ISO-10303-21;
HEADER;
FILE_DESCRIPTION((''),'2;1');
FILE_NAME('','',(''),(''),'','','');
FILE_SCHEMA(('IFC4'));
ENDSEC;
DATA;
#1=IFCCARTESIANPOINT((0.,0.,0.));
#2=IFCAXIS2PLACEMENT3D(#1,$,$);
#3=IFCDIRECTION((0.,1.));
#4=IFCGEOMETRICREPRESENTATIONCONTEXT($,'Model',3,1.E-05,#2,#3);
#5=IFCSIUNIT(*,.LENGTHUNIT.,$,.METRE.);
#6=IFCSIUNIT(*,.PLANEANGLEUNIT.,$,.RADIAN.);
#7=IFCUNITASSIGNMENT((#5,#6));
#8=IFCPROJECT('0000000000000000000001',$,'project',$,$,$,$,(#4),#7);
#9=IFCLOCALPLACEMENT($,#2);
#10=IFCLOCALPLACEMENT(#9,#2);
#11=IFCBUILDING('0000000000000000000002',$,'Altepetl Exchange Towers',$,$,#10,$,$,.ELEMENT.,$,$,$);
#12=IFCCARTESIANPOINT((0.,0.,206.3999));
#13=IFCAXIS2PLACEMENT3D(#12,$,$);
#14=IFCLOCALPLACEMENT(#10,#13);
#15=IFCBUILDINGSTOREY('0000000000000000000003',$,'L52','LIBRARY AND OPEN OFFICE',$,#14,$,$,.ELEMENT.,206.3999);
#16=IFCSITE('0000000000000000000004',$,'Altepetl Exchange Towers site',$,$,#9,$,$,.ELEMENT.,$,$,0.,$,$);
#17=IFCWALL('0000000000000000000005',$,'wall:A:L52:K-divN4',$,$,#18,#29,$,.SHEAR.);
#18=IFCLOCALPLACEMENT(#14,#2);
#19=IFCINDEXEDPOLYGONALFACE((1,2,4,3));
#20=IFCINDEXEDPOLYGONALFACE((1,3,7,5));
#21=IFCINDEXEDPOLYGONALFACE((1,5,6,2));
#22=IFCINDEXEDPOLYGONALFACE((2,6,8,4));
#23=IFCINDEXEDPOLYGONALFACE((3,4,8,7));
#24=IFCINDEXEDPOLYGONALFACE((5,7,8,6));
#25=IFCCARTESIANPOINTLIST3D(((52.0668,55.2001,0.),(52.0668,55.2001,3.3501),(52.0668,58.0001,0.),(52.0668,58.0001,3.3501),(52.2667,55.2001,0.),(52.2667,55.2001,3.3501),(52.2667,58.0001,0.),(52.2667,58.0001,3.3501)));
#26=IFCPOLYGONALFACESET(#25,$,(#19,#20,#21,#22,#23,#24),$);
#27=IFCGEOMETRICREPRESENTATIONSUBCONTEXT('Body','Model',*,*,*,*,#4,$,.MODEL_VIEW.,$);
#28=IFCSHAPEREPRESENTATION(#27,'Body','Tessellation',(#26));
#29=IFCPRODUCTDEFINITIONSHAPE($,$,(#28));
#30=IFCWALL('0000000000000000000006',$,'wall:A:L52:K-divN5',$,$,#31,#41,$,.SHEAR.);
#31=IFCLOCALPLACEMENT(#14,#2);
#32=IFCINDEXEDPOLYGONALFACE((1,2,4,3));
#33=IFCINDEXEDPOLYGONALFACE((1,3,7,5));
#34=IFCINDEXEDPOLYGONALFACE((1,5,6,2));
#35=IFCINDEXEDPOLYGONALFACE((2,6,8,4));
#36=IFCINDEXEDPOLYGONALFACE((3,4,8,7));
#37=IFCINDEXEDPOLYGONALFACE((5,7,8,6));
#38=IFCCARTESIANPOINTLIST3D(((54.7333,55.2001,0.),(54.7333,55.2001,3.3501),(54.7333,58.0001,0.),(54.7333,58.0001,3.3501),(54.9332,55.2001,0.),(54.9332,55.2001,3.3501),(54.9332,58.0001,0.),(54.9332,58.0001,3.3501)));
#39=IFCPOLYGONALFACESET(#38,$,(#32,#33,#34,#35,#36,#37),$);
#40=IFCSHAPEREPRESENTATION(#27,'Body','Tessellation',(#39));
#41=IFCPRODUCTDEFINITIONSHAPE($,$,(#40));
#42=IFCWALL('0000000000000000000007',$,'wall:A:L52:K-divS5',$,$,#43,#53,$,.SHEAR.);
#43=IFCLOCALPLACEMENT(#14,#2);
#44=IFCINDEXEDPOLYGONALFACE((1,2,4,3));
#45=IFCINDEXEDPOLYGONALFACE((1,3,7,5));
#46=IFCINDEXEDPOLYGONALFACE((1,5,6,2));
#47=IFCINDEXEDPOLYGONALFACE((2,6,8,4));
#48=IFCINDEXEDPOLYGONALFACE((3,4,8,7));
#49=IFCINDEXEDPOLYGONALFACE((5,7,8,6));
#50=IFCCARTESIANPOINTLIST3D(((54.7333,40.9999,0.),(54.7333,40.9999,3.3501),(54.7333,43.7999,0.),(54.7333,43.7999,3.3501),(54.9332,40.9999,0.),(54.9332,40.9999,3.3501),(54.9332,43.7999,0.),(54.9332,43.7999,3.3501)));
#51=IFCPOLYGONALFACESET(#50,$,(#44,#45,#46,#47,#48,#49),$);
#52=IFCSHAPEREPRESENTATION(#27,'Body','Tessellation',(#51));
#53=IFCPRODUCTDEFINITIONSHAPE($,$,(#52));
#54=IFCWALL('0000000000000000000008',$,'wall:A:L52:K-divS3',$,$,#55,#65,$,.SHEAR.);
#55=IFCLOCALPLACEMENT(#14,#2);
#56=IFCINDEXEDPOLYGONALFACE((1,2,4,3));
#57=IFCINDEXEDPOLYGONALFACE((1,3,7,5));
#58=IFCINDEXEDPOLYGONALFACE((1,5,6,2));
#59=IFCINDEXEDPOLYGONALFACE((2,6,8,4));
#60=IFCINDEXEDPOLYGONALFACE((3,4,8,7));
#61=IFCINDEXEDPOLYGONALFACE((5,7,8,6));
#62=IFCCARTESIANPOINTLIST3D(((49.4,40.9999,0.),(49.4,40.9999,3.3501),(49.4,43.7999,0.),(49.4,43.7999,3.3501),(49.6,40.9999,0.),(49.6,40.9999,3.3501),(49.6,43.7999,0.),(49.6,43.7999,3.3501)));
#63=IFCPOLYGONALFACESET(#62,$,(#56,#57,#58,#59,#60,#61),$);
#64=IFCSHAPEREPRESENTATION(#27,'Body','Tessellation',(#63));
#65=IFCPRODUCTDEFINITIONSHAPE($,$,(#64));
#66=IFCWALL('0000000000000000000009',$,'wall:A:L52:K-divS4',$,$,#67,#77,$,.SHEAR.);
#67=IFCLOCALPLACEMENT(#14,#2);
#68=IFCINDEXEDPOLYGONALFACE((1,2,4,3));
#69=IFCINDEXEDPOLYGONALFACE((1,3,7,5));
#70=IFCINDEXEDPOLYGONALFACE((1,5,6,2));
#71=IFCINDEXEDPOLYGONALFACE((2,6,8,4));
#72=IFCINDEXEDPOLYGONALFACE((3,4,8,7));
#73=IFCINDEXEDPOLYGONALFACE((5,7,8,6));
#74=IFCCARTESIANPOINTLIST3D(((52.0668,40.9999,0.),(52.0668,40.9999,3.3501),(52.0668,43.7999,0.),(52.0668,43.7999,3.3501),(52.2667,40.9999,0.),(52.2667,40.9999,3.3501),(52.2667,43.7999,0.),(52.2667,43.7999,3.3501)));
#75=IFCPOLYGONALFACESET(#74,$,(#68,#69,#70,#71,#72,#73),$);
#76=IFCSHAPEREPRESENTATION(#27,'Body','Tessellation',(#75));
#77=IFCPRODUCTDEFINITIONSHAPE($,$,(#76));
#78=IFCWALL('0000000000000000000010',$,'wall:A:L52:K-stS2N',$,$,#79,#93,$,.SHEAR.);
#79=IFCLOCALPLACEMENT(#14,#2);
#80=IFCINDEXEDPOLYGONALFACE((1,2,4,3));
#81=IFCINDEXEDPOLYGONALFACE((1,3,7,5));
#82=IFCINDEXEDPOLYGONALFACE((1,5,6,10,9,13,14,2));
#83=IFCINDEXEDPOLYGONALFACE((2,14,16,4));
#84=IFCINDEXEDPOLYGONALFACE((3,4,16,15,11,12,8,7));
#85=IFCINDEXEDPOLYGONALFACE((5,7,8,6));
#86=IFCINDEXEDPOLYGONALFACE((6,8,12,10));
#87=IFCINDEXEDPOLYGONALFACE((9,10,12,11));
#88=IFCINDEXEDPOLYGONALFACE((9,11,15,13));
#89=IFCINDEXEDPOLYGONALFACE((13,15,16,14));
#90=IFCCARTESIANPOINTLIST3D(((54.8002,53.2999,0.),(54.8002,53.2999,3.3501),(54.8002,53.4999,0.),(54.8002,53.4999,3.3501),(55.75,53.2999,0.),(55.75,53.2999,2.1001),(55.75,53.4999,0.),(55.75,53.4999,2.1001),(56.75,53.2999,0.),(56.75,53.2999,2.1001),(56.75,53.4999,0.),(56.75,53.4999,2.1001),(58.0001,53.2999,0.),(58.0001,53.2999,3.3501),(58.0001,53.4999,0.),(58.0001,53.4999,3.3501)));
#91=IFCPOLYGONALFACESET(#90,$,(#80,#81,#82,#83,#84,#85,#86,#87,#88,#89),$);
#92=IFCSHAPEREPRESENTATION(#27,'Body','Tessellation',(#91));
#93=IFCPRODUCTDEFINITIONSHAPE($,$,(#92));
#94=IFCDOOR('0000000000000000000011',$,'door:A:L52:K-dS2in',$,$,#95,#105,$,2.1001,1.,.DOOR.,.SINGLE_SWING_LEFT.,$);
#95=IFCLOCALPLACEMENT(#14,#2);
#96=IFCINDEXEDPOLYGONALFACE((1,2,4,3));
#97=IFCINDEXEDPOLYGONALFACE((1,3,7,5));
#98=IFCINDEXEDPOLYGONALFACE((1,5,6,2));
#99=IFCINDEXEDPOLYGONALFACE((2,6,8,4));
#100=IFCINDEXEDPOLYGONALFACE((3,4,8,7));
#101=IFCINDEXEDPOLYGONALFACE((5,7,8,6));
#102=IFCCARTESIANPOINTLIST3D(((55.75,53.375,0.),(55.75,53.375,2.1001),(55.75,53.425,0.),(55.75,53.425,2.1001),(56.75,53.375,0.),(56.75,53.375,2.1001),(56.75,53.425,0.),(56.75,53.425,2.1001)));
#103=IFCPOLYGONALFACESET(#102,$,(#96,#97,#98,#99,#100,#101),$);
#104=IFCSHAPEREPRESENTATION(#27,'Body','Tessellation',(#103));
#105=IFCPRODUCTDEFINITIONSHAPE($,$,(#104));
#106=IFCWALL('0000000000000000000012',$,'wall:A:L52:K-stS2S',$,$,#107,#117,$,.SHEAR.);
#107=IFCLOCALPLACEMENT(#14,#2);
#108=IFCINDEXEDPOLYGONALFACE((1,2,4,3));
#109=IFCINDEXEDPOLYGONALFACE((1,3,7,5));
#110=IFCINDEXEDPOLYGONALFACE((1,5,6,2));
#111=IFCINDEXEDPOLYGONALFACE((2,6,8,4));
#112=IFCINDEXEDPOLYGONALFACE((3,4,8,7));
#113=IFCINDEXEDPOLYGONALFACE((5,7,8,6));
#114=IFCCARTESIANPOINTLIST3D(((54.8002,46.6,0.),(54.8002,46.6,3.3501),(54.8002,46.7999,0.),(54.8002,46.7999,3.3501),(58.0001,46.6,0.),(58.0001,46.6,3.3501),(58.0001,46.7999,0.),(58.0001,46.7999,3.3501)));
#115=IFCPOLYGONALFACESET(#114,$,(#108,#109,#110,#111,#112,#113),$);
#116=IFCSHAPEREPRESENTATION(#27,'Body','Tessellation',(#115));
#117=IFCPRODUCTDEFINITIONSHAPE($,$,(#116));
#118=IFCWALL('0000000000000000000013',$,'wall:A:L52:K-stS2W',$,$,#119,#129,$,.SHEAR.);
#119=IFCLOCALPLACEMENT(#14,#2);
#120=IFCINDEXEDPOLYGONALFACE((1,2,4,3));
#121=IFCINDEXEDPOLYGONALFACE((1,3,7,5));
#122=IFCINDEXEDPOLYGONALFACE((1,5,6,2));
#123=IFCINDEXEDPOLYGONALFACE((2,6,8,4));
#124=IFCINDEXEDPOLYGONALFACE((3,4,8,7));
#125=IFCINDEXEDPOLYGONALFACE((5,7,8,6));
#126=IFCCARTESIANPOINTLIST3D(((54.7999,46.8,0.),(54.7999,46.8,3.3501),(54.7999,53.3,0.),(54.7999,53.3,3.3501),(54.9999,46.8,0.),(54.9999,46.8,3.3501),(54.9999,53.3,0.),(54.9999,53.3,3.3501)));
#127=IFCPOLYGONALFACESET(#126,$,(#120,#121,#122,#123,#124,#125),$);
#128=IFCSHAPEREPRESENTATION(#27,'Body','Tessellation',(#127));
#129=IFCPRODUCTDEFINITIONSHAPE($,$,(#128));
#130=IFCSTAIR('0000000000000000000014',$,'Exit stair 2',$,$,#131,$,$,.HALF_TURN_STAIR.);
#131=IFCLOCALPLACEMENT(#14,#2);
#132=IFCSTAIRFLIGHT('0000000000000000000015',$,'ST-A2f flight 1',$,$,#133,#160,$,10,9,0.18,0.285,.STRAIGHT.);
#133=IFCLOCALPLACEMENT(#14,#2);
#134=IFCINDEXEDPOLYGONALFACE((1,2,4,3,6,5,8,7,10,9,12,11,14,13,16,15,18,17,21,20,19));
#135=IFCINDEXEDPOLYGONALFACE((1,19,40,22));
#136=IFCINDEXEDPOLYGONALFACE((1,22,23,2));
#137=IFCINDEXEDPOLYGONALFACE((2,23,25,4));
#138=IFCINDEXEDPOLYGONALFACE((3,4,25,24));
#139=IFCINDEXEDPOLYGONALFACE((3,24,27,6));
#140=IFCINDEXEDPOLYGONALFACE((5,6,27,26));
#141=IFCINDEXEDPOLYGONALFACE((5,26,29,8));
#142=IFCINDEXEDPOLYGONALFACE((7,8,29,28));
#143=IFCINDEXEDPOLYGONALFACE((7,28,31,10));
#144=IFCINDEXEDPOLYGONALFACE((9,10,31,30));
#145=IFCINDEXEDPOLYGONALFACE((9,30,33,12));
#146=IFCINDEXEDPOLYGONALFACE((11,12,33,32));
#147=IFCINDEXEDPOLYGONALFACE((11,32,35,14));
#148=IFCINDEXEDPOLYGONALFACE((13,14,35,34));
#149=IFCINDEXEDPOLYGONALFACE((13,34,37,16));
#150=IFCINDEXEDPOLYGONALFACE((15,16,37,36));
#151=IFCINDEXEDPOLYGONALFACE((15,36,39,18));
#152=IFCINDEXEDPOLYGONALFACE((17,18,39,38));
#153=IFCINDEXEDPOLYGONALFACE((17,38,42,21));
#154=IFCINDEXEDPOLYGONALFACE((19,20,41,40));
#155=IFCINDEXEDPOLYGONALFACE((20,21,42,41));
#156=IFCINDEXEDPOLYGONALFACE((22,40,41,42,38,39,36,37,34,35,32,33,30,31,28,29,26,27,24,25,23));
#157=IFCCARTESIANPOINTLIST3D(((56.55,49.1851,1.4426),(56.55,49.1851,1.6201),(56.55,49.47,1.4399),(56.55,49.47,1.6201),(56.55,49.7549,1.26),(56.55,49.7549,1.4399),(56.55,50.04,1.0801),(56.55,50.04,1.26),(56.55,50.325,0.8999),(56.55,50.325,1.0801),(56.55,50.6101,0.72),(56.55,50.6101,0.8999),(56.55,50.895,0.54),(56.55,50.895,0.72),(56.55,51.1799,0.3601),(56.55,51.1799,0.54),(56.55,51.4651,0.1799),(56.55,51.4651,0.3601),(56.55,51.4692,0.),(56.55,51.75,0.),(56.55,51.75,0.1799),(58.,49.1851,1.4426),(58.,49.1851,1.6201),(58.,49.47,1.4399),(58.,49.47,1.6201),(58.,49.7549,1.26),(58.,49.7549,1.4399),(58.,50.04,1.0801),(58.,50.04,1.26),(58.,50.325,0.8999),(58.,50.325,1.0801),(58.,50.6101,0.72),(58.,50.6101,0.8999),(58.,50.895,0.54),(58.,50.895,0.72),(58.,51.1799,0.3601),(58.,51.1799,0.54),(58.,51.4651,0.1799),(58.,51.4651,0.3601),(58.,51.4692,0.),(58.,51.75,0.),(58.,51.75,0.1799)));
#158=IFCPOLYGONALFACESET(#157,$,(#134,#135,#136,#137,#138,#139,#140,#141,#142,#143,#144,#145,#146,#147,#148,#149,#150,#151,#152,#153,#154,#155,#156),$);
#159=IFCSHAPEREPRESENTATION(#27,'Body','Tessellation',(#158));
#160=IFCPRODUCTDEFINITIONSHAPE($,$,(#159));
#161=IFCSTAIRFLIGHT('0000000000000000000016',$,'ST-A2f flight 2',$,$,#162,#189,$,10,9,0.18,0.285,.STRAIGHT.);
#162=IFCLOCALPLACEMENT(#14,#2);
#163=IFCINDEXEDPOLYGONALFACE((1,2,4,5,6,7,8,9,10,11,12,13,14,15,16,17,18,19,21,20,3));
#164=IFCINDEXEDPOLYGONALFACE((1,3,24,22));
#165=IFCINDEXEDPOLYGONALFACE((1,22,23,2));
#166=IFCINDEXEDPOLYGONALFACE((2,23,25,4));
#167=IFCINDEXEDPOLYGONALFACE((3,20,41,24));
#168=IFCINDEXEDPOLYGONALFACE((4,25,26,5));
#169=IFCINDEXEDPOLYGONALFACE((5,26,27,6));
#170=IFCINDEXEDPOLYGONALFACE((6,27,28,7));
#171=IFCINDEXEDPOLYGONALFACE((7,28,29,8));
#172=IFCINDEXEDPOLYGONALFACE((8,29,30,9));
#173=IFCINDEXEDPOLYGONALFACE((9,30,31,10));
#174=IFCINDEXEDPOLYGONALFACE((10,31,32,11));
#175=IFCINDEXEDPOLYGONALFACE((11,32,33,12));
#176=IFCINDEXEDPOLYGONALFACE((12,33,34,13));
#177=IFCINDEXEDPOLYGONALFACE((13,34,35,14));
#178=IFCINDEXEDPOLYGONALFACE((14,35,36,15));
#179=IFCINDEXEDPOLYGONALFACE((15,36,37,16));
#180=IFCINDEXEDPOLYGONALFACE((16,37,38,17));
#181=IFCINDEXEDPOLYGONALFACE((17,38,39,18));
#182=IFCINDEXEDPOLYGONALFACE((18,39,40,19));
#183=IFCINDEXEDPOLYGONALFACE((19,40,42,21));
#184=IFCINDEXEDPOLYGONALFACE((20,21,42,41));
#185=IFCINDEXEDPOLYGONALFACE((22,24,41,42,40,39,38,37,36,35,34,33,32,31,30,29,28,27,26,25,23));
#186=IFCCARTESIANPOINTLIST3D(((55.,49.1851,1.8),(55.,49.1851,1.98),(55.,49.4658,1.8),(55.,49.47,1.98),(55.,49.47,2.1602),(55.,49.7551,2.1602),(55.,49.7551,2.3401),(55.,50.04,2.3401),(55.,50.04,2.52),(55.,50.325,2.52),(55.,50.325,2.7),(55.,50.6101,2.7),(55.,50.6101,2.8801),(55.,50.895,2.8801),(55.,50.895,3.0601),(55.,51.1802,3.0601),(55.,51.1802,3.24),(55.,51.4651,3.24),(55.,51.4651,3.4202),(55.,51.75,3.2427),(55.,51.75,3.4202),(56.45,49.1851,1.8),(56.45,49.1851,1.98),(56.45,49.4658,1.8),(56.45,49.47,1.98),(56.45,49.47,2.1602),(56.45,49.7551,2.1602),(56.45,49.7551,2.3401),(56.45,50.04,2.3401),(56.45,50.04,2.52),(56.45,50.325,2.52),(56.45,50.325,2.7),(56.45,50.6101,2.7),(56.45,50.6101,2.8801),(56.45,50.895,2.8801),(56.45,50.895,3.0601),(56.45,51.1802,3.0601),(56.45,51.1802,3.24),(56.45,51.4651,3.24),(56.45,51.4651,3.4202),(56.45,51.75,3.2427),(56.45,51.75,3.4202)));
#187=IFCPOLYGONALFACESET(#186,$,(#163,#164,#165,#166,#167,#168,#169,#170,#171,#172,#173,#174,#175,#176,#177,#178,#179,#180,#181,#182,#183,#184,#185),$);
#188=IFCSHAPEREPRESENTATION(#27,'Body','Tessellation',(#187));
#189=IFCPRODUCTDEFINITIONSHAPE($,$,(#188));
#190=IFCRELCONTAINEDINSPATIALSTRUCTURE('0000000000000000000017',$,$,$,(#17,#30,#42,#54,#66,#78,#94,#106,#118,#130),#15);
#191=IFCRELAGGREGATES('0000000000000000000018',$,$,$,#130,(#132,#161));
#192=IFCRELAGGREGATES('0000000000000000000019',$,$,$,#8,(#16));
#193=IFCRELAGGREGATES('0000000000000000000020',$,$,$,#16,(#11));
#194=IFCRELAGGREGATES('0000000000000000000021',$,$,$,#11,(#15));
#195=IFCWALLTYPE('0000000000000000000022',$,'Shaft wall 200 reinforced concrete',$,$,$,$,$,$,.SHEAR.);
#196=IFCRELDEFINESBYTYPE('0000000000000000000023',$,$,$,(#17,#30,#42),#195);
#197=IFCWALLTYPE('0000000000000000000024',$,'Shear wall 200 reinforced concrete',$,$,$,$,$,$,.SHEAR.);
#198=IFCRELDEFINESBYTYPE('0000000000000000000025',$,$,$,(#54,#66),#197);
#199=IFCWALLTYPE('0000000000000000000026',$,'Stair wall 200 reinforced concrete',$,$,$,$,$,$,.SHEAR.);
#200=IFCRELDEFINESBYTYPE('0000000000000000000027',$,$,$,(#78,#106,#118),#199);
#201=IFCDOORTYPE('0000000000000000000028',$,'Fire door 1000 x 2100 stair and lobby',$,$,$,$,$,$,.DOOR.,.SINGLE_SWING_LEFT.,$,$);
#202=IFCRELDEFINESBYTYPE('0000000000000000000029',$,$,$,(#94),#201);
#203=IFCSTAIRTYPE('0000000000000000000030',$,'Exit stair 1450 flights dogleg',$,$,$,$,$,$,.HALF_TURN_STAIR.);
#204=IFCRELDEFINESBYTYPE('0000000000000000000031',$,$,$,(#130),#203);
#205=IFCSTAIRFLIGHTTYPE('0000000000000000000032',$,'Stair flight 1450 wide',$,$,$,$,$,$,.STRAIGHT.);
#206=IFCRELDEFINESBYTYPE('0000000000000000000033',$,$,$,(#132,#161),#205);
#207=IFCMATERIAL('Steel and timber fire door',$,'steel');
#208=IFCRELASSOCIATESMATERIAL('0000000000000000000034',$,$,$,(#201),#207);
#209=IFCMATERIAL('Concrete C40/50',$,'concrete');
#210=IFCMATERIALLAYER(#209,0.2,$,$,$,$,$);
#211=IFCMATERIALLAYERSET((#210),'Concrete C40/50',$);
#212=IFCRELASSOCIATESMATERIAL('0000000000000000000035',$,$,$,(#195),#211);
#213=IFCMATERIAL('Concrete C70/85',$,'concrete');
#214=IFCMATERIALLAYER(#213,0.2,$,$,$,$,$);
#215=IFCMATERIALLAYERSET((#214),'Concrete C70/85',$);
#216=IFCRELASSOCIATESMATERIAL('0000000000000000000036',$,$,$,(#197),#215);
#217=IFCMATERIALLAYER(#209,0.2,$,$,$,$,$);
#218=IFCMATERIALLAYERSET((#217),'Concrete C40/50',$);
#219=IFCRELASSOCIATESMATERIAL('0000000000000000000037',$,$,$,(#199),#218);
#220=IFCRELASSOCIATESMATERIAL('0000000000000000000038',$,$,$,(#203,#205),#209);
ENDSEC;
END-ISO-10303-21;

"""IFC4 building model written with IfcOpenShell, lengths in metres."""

from ifc_helpers import new_model, si_unit, direction, frame, frame_2d, origin, place, context, subcontext, project, spatial, polyline, rectangle, outline, extrude, material, layer, layer_set, type_object, element, fill, aggregate, save


model = new_model("IFC4")

# Units and contexts
model_context = context("Model", 3, precision=1e-05, world=origin(), true_north=direction((0.0, 1.0)))
body_context = subcontext(model_context, "Body", "Model", "MODEL_VIEW")
ifc_project = project(units=[si_unit("LENGTHUNIT", "METRE"), si_unit("PLANEANGLEUNIT", "RADIAN")], contexts=[model_context])

# Site, building, storey
site_placement = place(None, origin())
site = spatial("IfcSite", under=ifc_project, at=site_placement, Name="Altepetl Exchange Towers site", CompositionType="ELEMENT", RefElevation=0.0)
building_placement = place(site_placement, origin())
building = spatial("IfcBuilding", under=site, at=building_placement, Name="Altepetl Exchange Towers", CompositionType="ELEMENT")
storey_placement = place(building_placement, frame((0.0, 0.0, 206.3999)))
storey = spatial("IfcBuildingStorey", under=building, at=storey_placement, Name="L52", Description="LIBRARY AND OPEN OFFICE", CompositionType="ELEMENT", Elevation=206.3999)

# Shared definitions
ifc_material_1 = material(Name="Concrete C70/85", Category="concrete")
ifc_material_2 = material(Name="Steel and timber fire door", Category="steel")
door_type_1 = type_object("IfcDoorType", Name="Fire door 1000 x 2100 stair and lobby", OperationType="SINGLE_SWING_LEFT", PredefinedType="DOOR", material=ifc_material_2)

# Walls
ifc_material_3 = material(Name="Concrete C40/50", Category="concrete")
ifc_layer_1 = layer(ifc_material_3, 0.2)
ifc_layer_set_1 = layer_set([ifc_layer_1], Name="Concrete C40/50")
wall_type_1 = type_object("IfcWallType", Name="Shaft wall 200 reinforced concrete", PredefinedType="SHEAR", material=ifc_layer_set_1)
for number, where, z_axis, x_axis, name in (
    (1, (52.1667, 58.0, 0.0), (0.0, 0.0, 1.0), (0.0, -1.0, 0.0), "wall:A:L52:K-divN4"),
    (2, (54.8333, 58.0, 0.0), (0.0, 0.0, 1.0), (0.0, -1.0, 0.0), "wall:A:L52:K-divN5"),
    (3, (54.8333, 41.0, 0.0), (0.0, 0.0, 1.0), (0.0, 1.0, 0.0), "wall:A:L52:K-divS5"),
):
    element("IfcWall", number, at=place(storey_placement, frame(where, z_axis=z_axis, x_axis=x_axis)), inside=storey, type_object=wall_type_1, Name=name, PredefinedType="SHEAR", context=body_context, shape_type="SweptSolid", body=[
        extrude(rectangle(XDim=2.8, YDim=0.2, at=frame_2d((1.3999, 0.0))), origin(), (0.0, 0.0, 1.0), 3.3501),
    ])
ifc_layer_2 = layer(ifc_material_1, 0.2)
ifc_layer_set_2 = layer_set([ifc_layer_2], Name="Concrete C70/85")
wall_type_2 = type_object("IfcWallType", Name="Shear wall 200 reinforced concrete", PredefinedType="SHEAR", material=ifc_layer_set_2)
for number, where, z_axis, x_axis, name in (
    (4, (49.5, 41.0, 0.0), (0.0, 0.0, 1.0), (0.0, 1.0, 0.0), "wall:A:L52:K-divS3"),
    (5, (52.1667, 41.0, 0.0), (0.0, 0.0, 1.0), (0.0, 1.0, 0.0), "wall:A:L52:K-divS4"),
):
    element("IfcWall", number, at=place(storey_placement, frame(where, z_axis=z_axis, x_axis=x_axis)), inside=storey, type_object=wall_type_2, Name=name, PredefinedType="SHEAR", context=body_context, shape_type="SweptSolid", body=[
        extrude(rectangle(XDim=2.8, YDim=0.2, at=frame_2d((1.3999, 0.0))), origin(), (0.0, 0.0, 1.0), 3.3501),
    ])

# Wall, opening, door
ifc_layer_3 = layer(ifc_material_3, 0.2)
ifc_layer_set_3 = layer_set([ifc_layer_3], Name="Concrete C40/50")
wall_type_3 = type_object("IfcWallType", Name="Stair wall 200 reinforced concrete", PredefinedType="SHEAR", material=ifc_layer_set_3)
wall_1_placement = place(storey_placement, frame((54.8, 53.3999, 0.0)))
wall_1 = element("IfcWall", 6, at=wall_1_placement, inside=storey, type_object=wall_type_3, Name="wall:A:L52:K-stS2N", PredefinedType="SHEAR", context=body_context, shape_type="SweptSolid", body=[
    extrude(rectangle(XDim=3.2, YDim=0.2, at=frame_2d((1.6001, 0.0))), origin(), (0.0, 0.0, 1.0), 3.3501),
])
opening_1_placement = place(wall_1_placement, frame((0.95, 0.0, 0.0)))
opening_1 = element("IfcOpeningElement", 7, at=opening_1_placement, cuts=wall_1, PredefinedType="OPENING", context=body_context, shape_type="SweptSolid", body=[
    extrude(rectangle(XDim=1.0, YDim=2.1001, at=frame_2d((0.5, 1.05))), frame((0.0, 0.1099, 0.0), z_axis=(0.0, -1.0, 0.0), x_axis=(1.0, 0.0, 0.0)), (0.0, 0.0, 1.0), 0.22),
])
door_1_placement = place(opening_1_placement, frame((1.0, 0.0, 0.0), x_axis=(-1.0, 0.0, 0.0)))
door_1 = element("IfcDoor", 8, at=door_1_placement, inside=storey, type_object=door_type_1, Name="door:A:L52:K-dS2in", OperationType="SINGLE_SWING_LEFT", OverallHeight=2.1001, OverallWidth=1.0, PredefinedType="DOOR", context=body_context, shape_type="SweptSolid", body=[
    extrude(rectangle(XDim=1.0, YDim=2.1001, at=frame_2d((0.5, 1.05))), frame((0.0, 0.0249, 0.0), z_axis=(0.0, -1.0, 0.0), x_axis=(1.0, 0.0, 0.0)), (0.0, 0.0, 1.0), 0.05),
])
fill(opening_1, door_1)

# Walls
wall_2_placement = place(storey_placement, frame((54.8, 46.7, 0.0)))
element("IfcWall", 9, at=wall_2_placement, inside=storey, type_object=wall_type_3, Name="wall:A:L52:K-stS2S", PredefinedType="SHEAR", context=body_context, shape_type="SweptSolid", body=[
    extrude(rectangle(XDim=3.2, YDim=0.2, at=frame_2d((1.6001, 0.0))), origin(), (0.0, 0.0, 1.0), 3.3501),
])
wall_3_placement = place(storey_placement, frame((54.8999, 46.8, 0.0), z_axis=(0.0, 0.0, 1.0), x_axis=(0.0, 1.0, 0.0)))
element("IfcWall", 10, at=wall_3_placement, inside=storey, type_object=wall_type_3, Name="wall:A:L52:K-stS2W", PredefinedType="SHEAR", context=body_context, shape_type="SweptSolid", body=[
    extrude(rectangle(XDim=6.5, YDim=0.2, at=frame_2d((3.25, 0.0))), origin(), (0.0, 0.0, 1.0), 3.3501),
])

# Stair, stair flights
stair_type = type_object("IfcStairType", Name="Exit stair 1450 flights dogleg", PredefinedType="HALF_TURN_STAIR", material=ifc_material_3)
stair_placement = place(storey_placement, origin())
stair = element("IfcStair", 11, at=stair_placement, inside=storey, type_object=stair_type, Name="Exit stair 2", PredefinedType="HALF_TURN_STAIR")
stair_flight_type = type_object("IfcStairFlightType", Name="Stair flight 1450 wide", PredefinedType="STRAIGHT", material=ifc_material_3)
stair_flight_1_placement = place(storey_placement, frame((57.2749, 51.75, 0.0), z_axis=(0.0, 0.0, 1.0), x_axis=(0.0, -1.0, 0.0)))
stair_flight_1 = element("IfcStairFlight", 12, at=stair_flight_1_placement, type_object=stair_flight_type, Name="ST-A2f flight 1", NumberOfRisers=10, NumberOfTreads=9, PredefinedType="STRAIGHT", RiserHeight=0.18, TreadLength=0.285, context=body_context, shape_type="SweptSolid", body=[
    extrude(outline(polyline([(0.0, 0.0), (0.0, 0.1799), (0.2849, 0.1799), (0.2849, 0.3601), (0.5701, 0.3601), (0.5701, 0.54), (0.855, 0.54), (0.855, 0.72), (1.1399, 0.72), (1.1399, 0.8999), (1.425, 0.8999), (1.425, 1.0801), (1.71, 1.0801), (1.71, 1.26), (1.9951, 1.26), (1.9951, 1.4399), (2.28, 1.4399), (2.28, 1.6201), (2.5649, 1.6201), (2.5649, 1.8), (2.5649, 1.4426), (0.2808, 0.0), (0.0, 0.0)])), frame((0.0, 0.7251, 0.0), z_axis=(0.0, -1.0, 0.0), x_axis=(1.0, 0.0, 0.0)), (0.0, 0.0, 1.0), 1.45),
])
stair_flight_2_placement = place(storey_placement, frame((55.7251, 49.1851, 1.8), z_axis=(0.0, 0.0, 1.0), x_axis=(0.0, 1.0, 0.0)))
stair_flight_2 = element("IfcStairFlight", 13, at=stair_flight_2_placement, type_object=stair_flight_type, Name="ST-A2f flight 2", NumberOfRisers=10, NumberOfTreads=9, PredefinedType="STRAIGHT", RiserHeight=0.18, TreadLength=0.285, context=body_context, shape_type="SweptSolid", body=[
    extrude(outline(polyline([(0.0, 0.0), (0.0, 0.1799), (0.2849, 0.1799), (0.2849, 0.3601), (0.5701, 0.3601), (0.5701, 0.54), (0.855, 0.54), (0.855, 0.72), (1.1399, 0.72), (1.1399, 0.8999), (1.425, 0.8999), (1.425, 1.0801), (1.71, 1.0801), (1.71, 1.26), (1.9951, 1.26), (1.9951, 1.4399), (2.28, 1.4399), (2.28, 1.6201), (2.5649, 1.6201), (2.5649, 1.8), (2.5649, 1.4426), (0.2808, 0.0), (0.0, 0.0)])), frame((0.0, 0.7251, 0.0), z_axis=(0.0, -1.0, 0.0), x_axis=(1.0, 0.0, 0.0)), (0.0, 0.0, 1.0), 1.45),
])
aggregate(stair, [stair_flight_1, stair_flight_2])

save(model, "model.ifc")
